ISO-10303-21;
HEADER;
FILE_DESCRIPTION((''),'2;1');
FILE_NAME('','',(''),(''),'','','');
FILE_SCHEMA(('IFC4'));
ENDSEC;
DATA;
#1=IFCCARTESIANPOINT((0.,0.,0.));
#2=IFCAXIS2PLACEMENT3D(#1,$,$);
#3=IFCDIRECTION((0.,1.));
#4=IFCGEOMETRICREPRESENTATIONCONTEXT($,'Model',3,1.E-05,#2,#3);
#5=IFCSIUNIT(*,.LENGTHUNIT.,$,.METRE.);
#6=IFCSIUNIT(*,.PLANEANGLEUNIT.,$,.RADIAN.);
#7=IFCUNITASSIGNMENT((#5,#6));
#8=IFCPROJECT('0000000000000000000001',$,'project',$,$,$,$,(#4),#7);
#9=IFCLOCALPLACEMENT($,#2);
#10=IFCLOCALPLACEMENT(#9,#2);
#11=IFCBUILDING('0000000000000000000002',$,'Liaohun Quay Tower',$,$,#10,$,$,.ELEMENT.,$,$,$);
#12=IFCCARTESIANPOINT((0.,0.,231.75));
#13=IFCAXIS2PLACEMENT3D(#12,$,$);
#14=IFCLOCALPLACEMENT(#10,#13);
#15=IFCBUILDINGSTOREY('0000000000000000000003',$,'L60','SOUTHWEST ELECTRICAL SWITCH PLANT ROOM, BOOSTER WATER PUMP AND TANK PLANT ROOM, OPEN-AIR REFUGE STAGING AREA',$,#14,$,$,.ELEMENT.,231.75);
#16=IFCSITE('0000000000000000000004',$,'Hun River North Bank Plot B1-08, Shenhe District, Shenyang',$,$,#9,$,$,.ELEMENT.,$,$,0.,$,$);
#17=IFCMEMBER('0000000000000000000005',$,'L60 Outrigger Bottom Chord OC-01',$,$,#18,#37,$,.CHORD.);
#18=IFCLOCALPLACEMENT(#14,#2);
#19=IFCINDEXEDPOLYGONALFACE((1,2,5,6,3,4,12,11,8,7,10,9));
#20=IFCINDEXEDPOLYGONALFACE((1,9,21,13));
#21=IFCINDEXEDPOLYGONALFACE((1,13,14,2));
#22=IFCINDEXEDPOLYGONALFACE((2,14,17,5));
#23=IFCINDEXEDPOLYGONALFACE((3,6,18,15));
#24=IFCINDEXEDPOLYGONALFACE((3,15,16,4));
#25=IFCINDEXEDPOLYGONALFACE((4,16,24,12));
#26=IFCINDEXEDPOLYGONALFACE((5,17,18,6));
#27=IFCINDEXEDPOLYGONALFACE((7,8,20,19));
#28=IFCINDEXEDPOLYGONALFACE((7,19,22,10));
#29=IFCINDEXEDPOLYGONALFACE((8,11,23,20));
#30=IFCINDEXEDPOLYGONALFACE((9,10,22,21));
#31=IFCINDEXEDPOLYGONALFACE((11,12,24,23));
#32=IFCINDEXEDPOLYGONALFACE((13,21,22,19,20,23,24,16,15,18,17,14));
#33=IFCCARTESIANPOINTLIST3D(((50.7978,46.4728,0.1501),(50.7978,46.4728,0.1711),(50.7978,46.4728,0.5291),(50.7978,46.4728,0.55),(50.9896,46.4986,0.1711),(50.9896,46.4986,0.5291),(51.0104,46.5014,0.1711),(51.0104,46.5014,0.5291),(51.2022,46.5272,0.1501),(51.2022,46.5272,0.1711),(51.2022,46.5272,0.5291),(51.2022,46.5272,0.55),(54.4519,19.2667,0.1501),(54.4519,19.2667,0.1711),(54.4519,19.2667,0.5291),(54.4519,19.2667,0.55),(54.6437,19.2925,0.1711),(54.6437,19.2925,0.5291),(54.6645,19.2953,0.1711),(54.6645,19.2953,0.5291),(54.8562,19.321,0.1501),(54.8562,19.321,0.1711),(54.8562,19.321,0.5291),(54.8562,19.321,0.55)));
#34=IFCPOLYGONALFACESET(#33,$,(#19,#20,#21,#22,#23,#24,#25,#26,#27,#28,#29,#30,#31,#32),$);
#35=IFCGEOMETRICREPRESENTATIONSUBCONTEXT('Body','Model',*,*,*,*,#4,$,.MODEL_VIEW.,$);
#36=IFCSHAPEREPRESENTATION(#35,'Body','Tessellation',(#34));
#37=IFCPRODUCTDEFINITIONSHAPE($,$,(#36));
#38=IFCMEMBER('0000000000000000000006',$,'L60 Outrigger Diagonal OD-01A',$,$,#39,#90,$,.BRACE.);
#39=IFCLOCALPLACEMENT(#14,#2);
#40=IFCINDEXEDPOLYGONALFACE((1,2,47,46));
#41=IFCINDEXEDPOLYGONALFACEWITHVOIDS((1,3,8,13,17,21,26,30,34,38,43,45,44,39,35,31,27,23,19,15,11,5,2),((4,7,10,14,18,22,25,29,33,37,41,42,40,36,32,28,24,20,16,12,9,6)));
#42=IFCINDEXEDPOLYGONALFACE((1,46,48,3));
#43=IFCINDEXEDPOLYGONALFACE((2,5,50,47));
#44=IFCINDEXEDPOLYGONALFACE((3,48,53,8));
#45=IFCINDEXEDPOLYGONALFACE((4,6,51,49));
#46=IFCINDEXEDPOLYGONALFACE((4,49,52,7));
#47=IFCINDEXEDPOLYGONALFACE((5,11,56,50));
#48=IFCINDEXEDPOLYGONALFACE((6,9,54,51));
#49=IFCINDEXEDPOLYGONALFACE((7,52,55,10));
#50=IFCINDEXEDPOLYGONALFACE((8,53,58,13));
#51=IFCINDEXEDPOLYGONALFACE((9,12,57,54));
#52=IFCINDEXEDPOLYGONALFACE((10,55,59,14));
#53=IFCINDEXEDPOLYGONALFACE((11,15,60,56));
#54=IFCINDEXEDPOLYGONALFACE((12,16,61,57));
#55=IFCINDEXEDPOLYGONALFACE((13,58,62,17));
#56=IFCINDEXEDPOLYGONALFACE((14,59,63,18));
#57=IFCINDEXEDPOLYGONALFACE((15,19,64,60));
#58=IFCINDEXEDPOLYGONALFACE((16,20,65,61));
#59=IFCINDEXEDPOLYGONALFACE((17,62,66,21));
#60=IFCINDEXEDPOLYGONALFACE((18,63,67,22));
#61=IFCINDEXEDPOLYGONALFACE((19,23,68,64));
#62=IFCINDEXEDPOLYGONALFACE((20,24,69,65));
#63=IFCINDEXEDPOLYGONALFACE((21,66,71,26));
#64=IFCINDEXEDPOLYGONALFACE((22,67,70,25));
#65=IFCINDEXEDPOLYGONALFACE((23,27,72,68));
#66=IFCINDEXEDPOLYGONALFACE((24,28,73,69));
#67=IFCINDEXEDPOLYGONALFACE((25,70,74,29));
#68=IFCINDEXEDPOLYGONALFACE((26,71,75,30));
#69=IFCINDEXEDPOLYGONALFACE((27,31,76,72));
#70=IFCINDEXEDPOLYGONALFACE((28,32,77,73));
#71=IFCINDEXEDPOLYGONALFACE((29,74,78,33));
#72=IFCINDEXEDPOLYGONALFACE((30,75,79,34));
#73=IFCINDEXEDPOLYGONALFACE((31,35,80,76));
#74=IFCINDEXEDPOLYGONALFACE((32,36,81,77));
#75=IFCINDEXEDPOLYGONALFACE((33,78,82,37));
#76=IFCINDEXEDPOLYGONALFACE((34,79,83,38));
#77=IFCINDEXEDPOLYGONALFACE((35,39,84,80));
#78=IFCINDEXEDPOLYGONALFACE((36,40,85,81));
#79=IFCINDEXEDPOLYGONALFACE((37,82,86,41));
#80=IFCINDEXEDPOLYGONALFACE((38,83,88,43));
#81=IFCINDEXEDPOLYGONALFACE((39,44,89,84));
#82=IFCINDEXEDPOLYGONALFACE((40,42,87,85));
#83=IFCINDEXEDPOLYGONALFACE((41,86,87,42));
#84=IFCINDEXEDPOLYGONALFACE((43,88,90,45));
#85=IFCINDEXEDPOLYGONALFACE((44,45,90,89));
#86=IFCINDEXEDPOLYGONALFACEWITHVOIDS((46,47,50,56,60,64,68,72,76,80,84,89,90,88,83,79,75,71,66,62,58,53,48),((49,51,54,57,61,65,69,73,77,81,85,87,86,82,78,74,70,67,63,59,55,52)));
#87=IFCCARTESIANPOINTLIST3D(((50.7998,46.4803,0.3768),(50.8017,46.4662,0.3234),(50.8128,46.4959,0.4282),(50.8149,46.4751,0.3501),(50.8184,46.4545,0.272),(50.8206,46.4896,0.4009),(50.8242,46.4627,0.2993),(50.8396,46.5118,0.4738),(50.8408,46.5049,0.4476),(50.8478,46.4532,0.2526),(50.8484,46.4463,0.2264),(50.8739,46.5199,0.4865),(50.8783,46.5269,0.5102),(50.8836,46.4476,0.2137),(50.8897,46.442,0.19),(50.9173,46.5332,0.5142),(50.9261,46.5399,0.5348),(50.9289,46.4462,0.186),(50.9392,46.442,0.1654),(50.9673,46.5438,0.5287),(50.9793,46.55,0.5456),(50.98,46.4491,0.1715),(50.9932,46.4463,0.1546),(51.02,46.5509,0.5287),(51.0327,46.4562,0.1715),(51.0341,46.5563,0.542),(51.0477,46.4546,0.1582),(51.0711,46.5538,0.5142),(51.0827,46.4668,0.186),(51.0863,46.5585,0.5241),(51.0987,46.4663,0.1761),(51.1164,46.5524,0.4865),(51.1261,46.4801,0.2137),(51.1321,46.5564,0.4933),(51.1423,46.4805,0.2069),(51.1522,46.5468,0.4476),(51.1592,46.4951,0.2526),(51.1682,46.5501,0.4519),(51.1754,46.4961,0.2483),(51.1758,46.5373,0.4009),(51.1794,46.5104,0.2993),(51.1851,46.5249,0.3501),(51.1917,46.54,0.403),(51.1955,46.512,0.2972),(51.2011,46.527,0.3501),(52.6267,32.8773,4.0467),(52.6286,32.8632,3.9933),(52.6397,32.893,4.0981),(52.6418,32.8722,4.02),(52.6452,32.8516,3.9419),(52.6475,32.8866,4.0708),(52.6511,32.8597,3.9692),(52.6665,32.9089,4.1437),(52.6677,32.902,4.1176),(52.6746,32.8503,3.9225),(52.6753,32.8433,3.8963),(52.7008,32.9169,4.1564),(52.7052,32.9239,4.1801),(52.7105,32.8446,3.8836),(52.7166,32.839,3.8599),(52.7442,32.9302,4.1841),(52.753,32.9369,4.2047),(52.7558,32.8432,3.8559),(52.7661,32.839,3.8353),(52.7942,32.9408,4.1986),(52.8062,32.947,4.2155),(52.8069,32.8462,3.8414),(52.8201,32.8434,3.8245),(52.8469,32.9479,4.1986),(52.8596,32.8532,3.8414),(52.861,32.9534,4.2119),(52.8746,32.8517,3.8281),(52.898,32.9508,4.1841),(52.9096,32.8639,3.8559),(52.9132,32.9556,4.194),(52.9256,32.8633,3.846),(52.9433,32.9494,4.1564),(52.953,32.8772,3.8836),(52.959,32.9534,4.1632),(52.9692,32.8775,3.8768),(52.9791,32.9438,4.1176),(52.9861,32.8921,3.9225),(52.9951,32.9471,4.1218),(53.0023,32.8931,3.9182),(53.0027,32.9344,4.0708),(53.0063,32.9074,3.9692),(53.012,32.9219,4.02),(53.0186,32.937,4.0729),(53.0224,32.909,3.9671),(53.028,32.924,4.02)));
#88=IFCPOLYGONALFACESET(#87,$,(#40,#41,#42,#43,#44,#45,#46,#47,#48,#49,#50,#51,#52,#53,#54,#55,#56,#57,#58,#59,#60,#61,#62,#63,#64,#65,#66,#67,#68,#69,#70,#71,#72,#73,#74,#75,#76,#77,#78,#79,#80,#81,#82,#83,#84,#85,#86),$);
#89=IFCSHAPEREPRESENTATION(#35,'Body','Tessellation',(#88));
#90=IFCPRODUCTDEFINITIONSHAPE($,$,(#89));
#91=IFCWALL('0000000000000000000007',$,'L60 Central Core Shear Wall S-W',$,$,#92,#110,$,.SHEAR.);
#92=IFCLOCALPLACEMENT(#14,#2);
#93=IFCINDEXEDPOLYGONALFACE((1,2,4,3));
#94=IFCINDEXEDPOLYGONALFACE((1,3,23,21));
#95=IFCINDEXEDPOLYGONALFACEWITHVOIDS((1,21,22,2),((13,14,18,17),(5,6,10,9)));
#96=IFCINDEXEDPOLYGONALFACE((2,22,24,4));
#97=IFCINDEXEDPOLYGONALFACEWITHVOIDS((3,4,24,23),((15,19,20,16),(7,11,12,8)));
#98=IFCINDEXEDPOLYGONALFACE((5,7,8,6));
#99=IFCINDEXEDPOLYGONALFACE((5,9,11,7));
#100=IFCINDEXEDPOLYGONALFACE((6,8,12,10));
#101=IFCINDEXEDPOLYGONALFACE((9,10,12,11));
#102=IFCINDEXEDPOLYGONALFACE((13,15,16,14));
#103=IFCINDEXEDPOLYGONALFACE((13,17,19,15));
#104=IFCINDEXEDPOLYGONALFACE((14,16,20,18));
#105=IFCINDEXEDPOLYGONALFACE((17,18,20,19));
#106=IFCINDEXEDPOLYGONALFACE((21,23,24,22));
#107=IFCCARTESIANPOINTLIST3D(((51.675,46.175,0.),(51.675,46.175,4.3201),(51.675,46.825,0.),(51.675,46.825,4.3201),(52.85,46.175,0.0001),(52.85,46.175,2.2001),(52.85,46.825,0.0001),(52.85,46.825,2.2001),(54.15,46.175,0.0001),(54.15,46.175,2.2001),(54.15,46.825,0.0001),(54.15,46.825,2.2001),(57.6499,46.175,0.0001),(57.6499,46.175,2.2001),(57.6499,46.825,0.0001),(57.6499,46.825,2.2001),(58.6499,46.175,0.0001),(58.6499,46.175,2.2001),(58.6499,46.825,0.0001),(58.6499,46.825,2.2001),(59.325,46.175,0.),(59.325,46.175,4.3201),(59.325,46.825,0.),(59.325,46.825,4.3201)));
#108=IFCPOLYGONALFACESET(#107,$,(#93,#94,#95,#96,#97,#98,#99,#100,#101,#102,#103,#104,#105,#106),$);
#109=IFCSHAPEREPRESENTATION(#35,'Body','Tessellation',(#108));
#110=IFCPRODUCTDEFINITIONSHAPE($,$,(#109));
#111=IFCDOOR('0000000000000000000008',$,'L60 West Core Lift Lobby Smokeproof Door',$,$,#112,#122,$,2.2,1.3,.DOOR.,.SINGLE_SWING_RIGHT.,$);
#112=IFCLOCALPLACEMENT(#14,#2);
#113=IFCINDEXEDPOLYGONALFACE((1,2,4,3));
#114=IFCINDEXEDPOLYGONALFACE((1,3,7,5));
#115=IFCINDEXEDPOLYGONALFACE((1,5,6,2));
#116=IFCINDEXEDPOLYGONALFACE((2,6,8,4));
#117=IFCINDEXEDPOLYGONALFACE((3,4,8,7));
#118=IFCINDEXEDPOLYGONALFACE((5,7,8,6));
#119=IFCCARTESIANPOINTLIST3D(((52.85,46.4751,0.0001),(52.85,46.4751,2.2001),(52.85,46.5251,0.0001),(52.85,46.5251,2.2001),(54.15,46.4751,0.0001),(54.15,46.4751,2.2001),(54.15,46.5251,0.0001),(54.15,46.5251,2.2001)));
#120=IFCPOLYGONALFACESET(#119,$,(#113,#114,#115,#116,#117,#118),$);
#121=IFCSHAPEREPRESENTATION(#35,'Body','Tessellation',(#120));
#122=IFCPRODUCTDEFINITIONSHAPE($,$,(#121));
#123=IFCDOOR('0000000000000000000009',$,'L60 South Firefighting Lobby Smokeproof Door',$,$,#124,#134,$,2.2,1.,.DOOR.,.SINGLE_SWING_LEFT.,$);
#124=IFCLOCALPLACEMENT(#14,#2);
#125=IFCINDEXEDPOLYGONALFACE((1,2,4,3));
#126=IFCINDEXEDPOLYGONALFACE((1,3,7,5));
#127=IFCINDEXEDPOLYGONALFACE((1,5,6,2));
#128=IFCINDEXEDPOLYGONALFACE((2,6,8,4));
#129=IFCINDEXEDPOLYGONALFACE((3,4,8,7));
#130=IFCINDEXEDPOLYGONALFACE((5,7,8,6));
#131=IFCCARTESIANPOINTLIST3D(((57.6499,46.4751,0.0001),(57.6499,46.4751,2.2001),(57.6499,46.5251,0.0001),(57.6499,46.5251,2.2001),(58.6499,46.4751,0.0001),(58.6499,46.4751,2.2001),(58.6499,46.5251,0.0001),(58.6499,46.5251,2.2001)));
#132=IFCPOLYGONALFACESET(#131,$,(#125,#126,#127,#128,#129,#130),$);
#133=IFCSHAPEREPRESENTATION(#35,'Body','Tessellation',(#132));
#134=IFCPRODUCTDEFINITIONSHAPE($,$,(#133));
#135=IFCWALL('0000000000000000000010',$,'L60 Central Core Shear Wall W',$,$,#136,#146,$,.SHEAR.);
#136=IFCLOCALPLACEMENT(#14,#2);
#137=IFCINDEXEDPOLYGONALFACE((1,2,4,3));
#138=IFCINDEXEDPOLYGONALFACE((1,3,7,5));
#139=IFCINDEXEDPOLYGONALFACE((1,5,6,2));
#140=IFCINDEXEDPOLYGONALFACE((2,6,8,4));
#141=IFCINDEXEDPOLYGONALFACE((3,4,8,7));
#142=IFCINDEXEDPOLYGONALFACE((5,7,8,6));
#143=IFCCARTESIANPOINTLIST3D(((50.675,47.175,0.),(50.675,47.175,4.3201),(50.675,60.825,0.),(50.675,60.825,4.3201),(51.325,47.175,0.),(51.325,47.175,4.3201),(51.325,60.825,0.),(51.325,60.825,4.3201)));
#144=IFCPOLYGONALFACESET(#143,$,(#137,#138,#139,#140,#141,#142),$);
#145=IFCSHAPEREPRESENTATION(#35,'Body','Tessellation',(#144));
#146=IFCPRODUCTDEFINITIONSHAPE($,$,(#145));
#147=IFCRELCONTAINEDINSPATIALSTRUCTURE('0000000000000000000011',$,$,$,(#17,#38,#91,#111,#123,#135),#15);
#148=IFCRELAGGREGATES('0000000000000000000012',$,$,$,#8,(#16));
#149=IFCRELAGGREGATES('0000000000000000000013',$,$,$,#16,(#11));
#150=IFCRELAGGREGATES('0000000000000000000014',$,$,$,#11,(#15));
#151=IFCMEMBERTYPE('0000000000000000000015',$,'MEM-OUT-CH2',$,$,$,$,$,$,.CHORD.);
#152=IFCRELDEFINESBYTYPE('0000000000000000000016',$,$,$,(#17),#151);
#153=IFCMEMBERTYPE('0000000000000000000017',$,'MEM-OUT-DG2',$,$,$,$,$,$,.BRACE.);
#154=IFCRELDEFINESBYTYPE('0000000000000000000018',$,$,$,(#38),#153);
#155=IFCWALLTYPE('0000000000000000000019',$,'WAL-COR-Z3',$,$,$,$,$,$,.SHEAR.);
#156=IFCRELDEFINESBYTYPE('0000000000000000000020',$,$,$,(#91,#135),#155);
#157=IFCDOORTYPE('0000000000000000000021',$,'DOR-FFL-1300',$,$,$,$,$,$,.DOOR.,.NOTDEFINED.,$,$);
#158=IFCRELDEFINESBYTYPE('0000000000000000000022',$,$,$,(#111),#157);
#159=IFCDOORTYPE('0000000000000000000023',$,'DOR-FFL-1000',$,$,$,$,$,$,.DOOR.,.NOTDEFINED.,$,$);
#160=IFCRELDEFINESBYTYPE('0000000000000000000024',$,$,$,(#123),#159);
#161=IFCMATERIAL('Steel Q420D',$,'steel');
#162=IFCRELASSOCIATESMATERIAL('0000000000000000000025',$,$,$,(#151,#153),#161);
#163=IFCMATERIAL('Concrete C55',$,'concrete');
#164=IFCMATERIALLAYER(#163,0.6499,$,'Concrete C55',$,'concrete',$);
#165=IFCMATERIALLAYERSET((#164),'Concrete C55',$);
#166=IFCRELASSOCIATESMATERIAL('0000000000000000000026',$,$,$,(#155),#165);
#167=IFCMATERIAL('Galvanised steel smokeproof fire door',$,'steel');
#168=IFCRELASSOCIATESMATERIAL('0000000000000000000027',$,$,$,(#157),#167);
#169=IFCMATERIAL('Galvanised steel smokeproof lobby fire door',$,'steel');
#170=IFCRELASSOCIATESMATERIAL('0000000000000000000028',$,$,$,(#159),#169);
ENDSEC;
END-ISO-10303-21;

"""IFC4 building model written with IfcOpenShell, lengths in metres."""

from ifc_helpers import new_model, si_unit, direction, frame, frame_2d, origin, origin_2d, place, context, subcontext, project, spatial, rectangle, hollow_circle, i_section, extrude, source, transform, mapped, material, layer, layer_set, material_profile, profile_set, type_object, element, fill, save


model = new_model("IFC4")

# Units and contexts
model_context = context("Model", 3, precision=1e-05, world=origin(), true_north=direction((0.0, 1.0)))
body_context = subcontext(model_context, "Body", "Model", "MODEL_VIEW")
ifc_project = project(units=[si_unit("LENGTHUNIT", "METRE"), si_unit("PLANEANGLEUNIT", "RADIAN")], contexts=[model_context])

# Site, building, storey
site_placement = place(None, origin())
site = spatial("IfcSite", under=ifc_project, at=site_placement, Name="Hun River North Bank Plot B1-08, Shenhe District, Shenyang", CompositionType="ELEMENT", RefElevation=0.0)
building_placement = place(site_placement, origin())
building = spatial("IfcBuilding", under=site, at=building_placement, Name="Liaohun Quay Tower", CompositionType="ELEMENT")
storey_placement = place(building_placement, frame((0.0, 0.0, 231.75)))
storey = spatial("IfcBuildingStorey", under=building, at=storey_placement, Name="L60", Description="SOUTHWEST ELECTRICAL SWITCH PLANT ROOM, BOOSTER WATER PUMP AND TANK PLANT ROOM, OPEN-AIR REFUGE STAGING AREA", CompositionType="ELEMENT", Elevation=231.75)

# Members
ifc_material_1 = material(Name="Steel Q420D", Category="steel")
ifc_material_profile_1 = material_profile(ifc_material_1, i_section(OverallWidth=0.408, OverallDepth=0.3999, WebThickness=0.021, FlangeThickness=0.021, at=origin_2d()), Name="HW400x408x21x21")
ifc_profile_set_1 = profile_set([ifc_material_profile_1], Name="Steel Q420D")
member_type_1 = type_object("IfcMemberType", Name="MEM-OUT-CH2", PredefinedType="CHORD", material=ifc_profile_set_1)
shared_shape_1 = source(origin(), body_context, "Body", "SweptSolid", [
    extrude(i_section(OverallWidth=0.408, OverallDepth=0.3999, WebThickness=0.021, FlangeThickness=0.021, at=origin_2d()), origin(), (0.0, 0.0, 1.0), 27.4504),
])
member_1_placement = place(storey_placement, frame((51.0, 46.5, 0.3501), z_axis=(0.133115, -0.991101, 0.0), x_axis=(0.991101, 0.133115, 0.0)))
element("IfcMember", 1, at=member_1_placement, inside=storey, type_object=member_type_1, Name="L60 Outrigger Bottom Chord OC-01", PredefinedType="CHORD", context=body_context, shape_type="MappedRepresentation", body=[
    mapped(shared_shape_1, transform((0.0, 0.0, 0.0), x_axis=(1.0, 0.0, 0.0), y_axis=(0.0, 1.0, 0.0), z_axis=(0.0, 0.0, 1.0), scale=1.0)),
])
ifc_material_profile_2 = material_profile(ifc_material_1, hollow_circle(Radius=0.2029, WallThickness=0.0161, at=origin_2d()), Name="CHS406x16")
ifc_profile_set_2 = profile_set([ifc_material_profile_2], Name="Steel Q420D")
member_type_2 = type_object("IfcMemberType", Name="MEM-OUT-DG2", PredefinedType="BRACE", material=ifc_profile_set_2)
shared_shape_2 = source(origin(), body_context, "Body", "SweptSolid", [
    extrude(hollow_circle(Radius=0.2029, WallThickness=0.0161, at=origin_2d()), origin(), (0.0, 0.0, 1.0), 14.2073),
])
member_2_placement = place(storey_placement, frame((51.0, 46.5, 0.3501), z_axis=(0.128589, -0.957465, 0.258312), x_axis=(0.991102, 0.133106, 0.0)))
element("IfcMember", 2, at=member_2_placement, inside=storey, type_object=member_type_2, Name="L60 Outrigger Diagonal OD-01A", PredefinedType="BRACE", context=body_context, shape_type="MappedRepresentation", body=[
    mapped(shared_shape_2, transform((0.0, 0.0, 0.0), x_axis=(1.0, 0.0, 0.0), y_axis=(0.0, 1.0, 0.0), z_axis=(0.0, 0.0, 1.0), scale=1.0)),
])

# Wall, openings, doors
ifc_material_2 = material(Name="Concrete C55", Category="concrete")
ifc_layer_1 = layer(ifc_material_2, 0.6499, Name="Concrete C55", Category="concrete")
ifc_layer_set_1 = layer_set([ifc_layer_1], Name="Concrete C55")
wall_type_1 = type_object("IfcWallType", Name="WAL-COR-Z3", PredefinedType="SHEAR", material=ifc_layer_set_1)
wall_1_placement = place(storey_placement, frame((59.325, 46.5, 0.0), z_axis=(0.0, 0.0, 1.0), x_axis=(-1.0, 0.0, 0.0)))
wall_1 = element("IfcWall", 3, at=wall_1_placement, inside=storey, type_object=wall_type_1, Name="L60 Central Core Shear Wall S-W", PredefinedType="SHEAR", context=body_context, shape_type="SweptSolid", body=[
    extrude(rectangle(XDim=7.6499, YDim=0.6499, at=frame_2d((3.825, 0.0))), origin(), (0.0, 0.0, 1.0), 4.3201),
])
shared_shape_3 = source(origin(), body_context, "Body", "SweptSolid", [
    extrude(rectangle(XDim=1.3, YDim=2.2, at=frame_2d((0.6499, 1.1001))), frame((0.0, 0.335, 0.0), z_axis=(0.0, -1.0, 0.0), x_axis=(1.0, 0.0, 0.0)), (0.0, 0.0, 1.0), 0.6699),
])
opening_1_placement = place(wall_1_placement, frame((5.175, 0.0, 0.0)))
opening_1 = element("IfcOpeningElement", 4, at=opening_1_placement, cuts=wall_1, PredefinedType="OPENING", context=body_context, shape_type="MappedRepresentation", body=[
    mapped(shared_shape_3, transform((0.0, 0.0, 0.0), x_axis=(1.0, 0.0, 0.0), y_axis=(0.0, 1.0, 0.0), z_axis=(0.0, 0.0, 1.0), scale=1.0)),
])
shared_shape_4 = source(origin(), body_context, "Body", "SweptSolid", [
    extrude(rectangle(XDim=1.0, YDim=2.2, at=frame_2d((0.5, 1.1001))), frame((0.0, 0.335, 0.0), z_axis=(0.0, -1.0, 0.0), x_axis=(1.0, 0.0, 0.0)), (0.0, 0.0, 1.0), 0.6699),
])
opening_2_placement = place(wall_1_placement, frame((0.675, 0.0, 0.0)))
opening_2 = element("IfcOpeningElement", 5, at=opening_2_placement, cuts=wall_1, PredefinedType="OPENING", context=body_context, shape_type="MappedRepresentation", body=[
    mapped(shared_shape_4, transform((0.0, 0.0, 0.0), x_axis=(1.0, 0.0, 0.0), y_axis=(0.0, 1.0, 0.0), z_axis=(0.0, 0.0, 1.0), scale=1.0)),
])
ifc_material_3 = material(Name="Galvanised steel smokeproof fire door", Category="steel")
door_type_1 = type_object("IfcDoorType", Name="DOR-FFL-1300", OperationType="NOTDEFINED", PredefinedType="DOOR", material=ifc_material_3)
shared_shape_5 = source(origin(), body_context, "Body", "SweptSolid", [
    extrude(rectangle(XDim=1.3, YDim=2.2, at=frame_2d((0.6499, 1.1001))), frame((0.0, 0.0249, 0.0), z_axis=(0.0, -1.0, 0.0), x_axis=(1.0, 0.0, 0.0)), (0.0, 0.0, 1.0), 0.05),
])
door_1_placement = place(opening_1_placement, origin())
door_1 = element("IfcDoor", 6, at=door_1_placement, inside=storey, type_object=door_type_1, Name="L60 West Core Lift Lobby Smokeproof Door", OperationType="SINGLE_SWING_RIGHT", OverallHeight=2.2, OverallWidth=1.3, PredefinedType="DOOR", context=body_context, shape_type="MappedRepresentation", body=[
    mapped(shared_shape_5, transform((0.0, 0.0, 0.0), x_axis=(1.0, 0.0, 0.0), y_axis=(0.0, 1.0, 0.0), z_axis=(0.0, 0.0, 1.0), scale=1.0)),
])
fill(opening_1, door_1)
ifc_material_4 = material(Name="Galvanised steel smokeproof lobby fire door", Category="steel")
door_type_2 = type_object("IfcDoorType", Name="DOR-FFL-1000", OperationType="NOTDEFINED", PredefinedType="DOOR", material=ifc_material_4)
shared_shape_6 = source(origin(), body_context, "Body", "SweptSolid", [
    extrude(rectangle(XDim=1.0, YDim=2.2, at=frame_2d((0.5, 1.1001))), frame((0.0, 0.0249, 0.0), z_axis=(0.0, -1.0, 0.0), x_axis=(1.0, 0.0, 0.0)), (0.0, 0.0, 1.0), 0.05),
])
door_2_placement = place(opening_2_placement, origin())
door_2 = element("IfcDoor", 7, at=door_2_placement, inside=storey, type_object=door_type_2, Name="L60 South Firefighting Lobby Smokeproof Door", OperationType="SINGLE_SWING_LEFT", OverallHeight=2.2, OverallWidth=1.0, PredefinedType="DOOR", context=body_context, shape_type="MappedRepresentation", body=[
    mapped(shared_shape_6, transform((0.0, 0.0, 0.0), x_axis=(1.0, 0.0, 0.0), y_axis=(0.0, 1.0, 0.0), z_axis=(0.0, 0.0, 1.0), scale=1.0)),
])
fill(opening_2, door_2)

# Wall
wall_2_placement = place(storey_placement, frame((51.0, 47.175, 0.0), z_axis=(0.0, 0.0, 1.0), x_axis=(0.0, 1.0, 0.0)))
element("IfcWall", 8, at=wall_2_placement, inside=storey, type_object=wall_type_1, Name="L60 Central Core Shear Wall W", PredefinedType="SHEAR", context=body_context, shape_type="SweptSolid", body=[
    extrude(rectangle(XDim=13.6499, YDim=0.6499, at=frame_2d((6.825, 0.0))), origin(), (0.0, 0.0, 1.0), 4.3201),
])

save(model, "model.ifc")
